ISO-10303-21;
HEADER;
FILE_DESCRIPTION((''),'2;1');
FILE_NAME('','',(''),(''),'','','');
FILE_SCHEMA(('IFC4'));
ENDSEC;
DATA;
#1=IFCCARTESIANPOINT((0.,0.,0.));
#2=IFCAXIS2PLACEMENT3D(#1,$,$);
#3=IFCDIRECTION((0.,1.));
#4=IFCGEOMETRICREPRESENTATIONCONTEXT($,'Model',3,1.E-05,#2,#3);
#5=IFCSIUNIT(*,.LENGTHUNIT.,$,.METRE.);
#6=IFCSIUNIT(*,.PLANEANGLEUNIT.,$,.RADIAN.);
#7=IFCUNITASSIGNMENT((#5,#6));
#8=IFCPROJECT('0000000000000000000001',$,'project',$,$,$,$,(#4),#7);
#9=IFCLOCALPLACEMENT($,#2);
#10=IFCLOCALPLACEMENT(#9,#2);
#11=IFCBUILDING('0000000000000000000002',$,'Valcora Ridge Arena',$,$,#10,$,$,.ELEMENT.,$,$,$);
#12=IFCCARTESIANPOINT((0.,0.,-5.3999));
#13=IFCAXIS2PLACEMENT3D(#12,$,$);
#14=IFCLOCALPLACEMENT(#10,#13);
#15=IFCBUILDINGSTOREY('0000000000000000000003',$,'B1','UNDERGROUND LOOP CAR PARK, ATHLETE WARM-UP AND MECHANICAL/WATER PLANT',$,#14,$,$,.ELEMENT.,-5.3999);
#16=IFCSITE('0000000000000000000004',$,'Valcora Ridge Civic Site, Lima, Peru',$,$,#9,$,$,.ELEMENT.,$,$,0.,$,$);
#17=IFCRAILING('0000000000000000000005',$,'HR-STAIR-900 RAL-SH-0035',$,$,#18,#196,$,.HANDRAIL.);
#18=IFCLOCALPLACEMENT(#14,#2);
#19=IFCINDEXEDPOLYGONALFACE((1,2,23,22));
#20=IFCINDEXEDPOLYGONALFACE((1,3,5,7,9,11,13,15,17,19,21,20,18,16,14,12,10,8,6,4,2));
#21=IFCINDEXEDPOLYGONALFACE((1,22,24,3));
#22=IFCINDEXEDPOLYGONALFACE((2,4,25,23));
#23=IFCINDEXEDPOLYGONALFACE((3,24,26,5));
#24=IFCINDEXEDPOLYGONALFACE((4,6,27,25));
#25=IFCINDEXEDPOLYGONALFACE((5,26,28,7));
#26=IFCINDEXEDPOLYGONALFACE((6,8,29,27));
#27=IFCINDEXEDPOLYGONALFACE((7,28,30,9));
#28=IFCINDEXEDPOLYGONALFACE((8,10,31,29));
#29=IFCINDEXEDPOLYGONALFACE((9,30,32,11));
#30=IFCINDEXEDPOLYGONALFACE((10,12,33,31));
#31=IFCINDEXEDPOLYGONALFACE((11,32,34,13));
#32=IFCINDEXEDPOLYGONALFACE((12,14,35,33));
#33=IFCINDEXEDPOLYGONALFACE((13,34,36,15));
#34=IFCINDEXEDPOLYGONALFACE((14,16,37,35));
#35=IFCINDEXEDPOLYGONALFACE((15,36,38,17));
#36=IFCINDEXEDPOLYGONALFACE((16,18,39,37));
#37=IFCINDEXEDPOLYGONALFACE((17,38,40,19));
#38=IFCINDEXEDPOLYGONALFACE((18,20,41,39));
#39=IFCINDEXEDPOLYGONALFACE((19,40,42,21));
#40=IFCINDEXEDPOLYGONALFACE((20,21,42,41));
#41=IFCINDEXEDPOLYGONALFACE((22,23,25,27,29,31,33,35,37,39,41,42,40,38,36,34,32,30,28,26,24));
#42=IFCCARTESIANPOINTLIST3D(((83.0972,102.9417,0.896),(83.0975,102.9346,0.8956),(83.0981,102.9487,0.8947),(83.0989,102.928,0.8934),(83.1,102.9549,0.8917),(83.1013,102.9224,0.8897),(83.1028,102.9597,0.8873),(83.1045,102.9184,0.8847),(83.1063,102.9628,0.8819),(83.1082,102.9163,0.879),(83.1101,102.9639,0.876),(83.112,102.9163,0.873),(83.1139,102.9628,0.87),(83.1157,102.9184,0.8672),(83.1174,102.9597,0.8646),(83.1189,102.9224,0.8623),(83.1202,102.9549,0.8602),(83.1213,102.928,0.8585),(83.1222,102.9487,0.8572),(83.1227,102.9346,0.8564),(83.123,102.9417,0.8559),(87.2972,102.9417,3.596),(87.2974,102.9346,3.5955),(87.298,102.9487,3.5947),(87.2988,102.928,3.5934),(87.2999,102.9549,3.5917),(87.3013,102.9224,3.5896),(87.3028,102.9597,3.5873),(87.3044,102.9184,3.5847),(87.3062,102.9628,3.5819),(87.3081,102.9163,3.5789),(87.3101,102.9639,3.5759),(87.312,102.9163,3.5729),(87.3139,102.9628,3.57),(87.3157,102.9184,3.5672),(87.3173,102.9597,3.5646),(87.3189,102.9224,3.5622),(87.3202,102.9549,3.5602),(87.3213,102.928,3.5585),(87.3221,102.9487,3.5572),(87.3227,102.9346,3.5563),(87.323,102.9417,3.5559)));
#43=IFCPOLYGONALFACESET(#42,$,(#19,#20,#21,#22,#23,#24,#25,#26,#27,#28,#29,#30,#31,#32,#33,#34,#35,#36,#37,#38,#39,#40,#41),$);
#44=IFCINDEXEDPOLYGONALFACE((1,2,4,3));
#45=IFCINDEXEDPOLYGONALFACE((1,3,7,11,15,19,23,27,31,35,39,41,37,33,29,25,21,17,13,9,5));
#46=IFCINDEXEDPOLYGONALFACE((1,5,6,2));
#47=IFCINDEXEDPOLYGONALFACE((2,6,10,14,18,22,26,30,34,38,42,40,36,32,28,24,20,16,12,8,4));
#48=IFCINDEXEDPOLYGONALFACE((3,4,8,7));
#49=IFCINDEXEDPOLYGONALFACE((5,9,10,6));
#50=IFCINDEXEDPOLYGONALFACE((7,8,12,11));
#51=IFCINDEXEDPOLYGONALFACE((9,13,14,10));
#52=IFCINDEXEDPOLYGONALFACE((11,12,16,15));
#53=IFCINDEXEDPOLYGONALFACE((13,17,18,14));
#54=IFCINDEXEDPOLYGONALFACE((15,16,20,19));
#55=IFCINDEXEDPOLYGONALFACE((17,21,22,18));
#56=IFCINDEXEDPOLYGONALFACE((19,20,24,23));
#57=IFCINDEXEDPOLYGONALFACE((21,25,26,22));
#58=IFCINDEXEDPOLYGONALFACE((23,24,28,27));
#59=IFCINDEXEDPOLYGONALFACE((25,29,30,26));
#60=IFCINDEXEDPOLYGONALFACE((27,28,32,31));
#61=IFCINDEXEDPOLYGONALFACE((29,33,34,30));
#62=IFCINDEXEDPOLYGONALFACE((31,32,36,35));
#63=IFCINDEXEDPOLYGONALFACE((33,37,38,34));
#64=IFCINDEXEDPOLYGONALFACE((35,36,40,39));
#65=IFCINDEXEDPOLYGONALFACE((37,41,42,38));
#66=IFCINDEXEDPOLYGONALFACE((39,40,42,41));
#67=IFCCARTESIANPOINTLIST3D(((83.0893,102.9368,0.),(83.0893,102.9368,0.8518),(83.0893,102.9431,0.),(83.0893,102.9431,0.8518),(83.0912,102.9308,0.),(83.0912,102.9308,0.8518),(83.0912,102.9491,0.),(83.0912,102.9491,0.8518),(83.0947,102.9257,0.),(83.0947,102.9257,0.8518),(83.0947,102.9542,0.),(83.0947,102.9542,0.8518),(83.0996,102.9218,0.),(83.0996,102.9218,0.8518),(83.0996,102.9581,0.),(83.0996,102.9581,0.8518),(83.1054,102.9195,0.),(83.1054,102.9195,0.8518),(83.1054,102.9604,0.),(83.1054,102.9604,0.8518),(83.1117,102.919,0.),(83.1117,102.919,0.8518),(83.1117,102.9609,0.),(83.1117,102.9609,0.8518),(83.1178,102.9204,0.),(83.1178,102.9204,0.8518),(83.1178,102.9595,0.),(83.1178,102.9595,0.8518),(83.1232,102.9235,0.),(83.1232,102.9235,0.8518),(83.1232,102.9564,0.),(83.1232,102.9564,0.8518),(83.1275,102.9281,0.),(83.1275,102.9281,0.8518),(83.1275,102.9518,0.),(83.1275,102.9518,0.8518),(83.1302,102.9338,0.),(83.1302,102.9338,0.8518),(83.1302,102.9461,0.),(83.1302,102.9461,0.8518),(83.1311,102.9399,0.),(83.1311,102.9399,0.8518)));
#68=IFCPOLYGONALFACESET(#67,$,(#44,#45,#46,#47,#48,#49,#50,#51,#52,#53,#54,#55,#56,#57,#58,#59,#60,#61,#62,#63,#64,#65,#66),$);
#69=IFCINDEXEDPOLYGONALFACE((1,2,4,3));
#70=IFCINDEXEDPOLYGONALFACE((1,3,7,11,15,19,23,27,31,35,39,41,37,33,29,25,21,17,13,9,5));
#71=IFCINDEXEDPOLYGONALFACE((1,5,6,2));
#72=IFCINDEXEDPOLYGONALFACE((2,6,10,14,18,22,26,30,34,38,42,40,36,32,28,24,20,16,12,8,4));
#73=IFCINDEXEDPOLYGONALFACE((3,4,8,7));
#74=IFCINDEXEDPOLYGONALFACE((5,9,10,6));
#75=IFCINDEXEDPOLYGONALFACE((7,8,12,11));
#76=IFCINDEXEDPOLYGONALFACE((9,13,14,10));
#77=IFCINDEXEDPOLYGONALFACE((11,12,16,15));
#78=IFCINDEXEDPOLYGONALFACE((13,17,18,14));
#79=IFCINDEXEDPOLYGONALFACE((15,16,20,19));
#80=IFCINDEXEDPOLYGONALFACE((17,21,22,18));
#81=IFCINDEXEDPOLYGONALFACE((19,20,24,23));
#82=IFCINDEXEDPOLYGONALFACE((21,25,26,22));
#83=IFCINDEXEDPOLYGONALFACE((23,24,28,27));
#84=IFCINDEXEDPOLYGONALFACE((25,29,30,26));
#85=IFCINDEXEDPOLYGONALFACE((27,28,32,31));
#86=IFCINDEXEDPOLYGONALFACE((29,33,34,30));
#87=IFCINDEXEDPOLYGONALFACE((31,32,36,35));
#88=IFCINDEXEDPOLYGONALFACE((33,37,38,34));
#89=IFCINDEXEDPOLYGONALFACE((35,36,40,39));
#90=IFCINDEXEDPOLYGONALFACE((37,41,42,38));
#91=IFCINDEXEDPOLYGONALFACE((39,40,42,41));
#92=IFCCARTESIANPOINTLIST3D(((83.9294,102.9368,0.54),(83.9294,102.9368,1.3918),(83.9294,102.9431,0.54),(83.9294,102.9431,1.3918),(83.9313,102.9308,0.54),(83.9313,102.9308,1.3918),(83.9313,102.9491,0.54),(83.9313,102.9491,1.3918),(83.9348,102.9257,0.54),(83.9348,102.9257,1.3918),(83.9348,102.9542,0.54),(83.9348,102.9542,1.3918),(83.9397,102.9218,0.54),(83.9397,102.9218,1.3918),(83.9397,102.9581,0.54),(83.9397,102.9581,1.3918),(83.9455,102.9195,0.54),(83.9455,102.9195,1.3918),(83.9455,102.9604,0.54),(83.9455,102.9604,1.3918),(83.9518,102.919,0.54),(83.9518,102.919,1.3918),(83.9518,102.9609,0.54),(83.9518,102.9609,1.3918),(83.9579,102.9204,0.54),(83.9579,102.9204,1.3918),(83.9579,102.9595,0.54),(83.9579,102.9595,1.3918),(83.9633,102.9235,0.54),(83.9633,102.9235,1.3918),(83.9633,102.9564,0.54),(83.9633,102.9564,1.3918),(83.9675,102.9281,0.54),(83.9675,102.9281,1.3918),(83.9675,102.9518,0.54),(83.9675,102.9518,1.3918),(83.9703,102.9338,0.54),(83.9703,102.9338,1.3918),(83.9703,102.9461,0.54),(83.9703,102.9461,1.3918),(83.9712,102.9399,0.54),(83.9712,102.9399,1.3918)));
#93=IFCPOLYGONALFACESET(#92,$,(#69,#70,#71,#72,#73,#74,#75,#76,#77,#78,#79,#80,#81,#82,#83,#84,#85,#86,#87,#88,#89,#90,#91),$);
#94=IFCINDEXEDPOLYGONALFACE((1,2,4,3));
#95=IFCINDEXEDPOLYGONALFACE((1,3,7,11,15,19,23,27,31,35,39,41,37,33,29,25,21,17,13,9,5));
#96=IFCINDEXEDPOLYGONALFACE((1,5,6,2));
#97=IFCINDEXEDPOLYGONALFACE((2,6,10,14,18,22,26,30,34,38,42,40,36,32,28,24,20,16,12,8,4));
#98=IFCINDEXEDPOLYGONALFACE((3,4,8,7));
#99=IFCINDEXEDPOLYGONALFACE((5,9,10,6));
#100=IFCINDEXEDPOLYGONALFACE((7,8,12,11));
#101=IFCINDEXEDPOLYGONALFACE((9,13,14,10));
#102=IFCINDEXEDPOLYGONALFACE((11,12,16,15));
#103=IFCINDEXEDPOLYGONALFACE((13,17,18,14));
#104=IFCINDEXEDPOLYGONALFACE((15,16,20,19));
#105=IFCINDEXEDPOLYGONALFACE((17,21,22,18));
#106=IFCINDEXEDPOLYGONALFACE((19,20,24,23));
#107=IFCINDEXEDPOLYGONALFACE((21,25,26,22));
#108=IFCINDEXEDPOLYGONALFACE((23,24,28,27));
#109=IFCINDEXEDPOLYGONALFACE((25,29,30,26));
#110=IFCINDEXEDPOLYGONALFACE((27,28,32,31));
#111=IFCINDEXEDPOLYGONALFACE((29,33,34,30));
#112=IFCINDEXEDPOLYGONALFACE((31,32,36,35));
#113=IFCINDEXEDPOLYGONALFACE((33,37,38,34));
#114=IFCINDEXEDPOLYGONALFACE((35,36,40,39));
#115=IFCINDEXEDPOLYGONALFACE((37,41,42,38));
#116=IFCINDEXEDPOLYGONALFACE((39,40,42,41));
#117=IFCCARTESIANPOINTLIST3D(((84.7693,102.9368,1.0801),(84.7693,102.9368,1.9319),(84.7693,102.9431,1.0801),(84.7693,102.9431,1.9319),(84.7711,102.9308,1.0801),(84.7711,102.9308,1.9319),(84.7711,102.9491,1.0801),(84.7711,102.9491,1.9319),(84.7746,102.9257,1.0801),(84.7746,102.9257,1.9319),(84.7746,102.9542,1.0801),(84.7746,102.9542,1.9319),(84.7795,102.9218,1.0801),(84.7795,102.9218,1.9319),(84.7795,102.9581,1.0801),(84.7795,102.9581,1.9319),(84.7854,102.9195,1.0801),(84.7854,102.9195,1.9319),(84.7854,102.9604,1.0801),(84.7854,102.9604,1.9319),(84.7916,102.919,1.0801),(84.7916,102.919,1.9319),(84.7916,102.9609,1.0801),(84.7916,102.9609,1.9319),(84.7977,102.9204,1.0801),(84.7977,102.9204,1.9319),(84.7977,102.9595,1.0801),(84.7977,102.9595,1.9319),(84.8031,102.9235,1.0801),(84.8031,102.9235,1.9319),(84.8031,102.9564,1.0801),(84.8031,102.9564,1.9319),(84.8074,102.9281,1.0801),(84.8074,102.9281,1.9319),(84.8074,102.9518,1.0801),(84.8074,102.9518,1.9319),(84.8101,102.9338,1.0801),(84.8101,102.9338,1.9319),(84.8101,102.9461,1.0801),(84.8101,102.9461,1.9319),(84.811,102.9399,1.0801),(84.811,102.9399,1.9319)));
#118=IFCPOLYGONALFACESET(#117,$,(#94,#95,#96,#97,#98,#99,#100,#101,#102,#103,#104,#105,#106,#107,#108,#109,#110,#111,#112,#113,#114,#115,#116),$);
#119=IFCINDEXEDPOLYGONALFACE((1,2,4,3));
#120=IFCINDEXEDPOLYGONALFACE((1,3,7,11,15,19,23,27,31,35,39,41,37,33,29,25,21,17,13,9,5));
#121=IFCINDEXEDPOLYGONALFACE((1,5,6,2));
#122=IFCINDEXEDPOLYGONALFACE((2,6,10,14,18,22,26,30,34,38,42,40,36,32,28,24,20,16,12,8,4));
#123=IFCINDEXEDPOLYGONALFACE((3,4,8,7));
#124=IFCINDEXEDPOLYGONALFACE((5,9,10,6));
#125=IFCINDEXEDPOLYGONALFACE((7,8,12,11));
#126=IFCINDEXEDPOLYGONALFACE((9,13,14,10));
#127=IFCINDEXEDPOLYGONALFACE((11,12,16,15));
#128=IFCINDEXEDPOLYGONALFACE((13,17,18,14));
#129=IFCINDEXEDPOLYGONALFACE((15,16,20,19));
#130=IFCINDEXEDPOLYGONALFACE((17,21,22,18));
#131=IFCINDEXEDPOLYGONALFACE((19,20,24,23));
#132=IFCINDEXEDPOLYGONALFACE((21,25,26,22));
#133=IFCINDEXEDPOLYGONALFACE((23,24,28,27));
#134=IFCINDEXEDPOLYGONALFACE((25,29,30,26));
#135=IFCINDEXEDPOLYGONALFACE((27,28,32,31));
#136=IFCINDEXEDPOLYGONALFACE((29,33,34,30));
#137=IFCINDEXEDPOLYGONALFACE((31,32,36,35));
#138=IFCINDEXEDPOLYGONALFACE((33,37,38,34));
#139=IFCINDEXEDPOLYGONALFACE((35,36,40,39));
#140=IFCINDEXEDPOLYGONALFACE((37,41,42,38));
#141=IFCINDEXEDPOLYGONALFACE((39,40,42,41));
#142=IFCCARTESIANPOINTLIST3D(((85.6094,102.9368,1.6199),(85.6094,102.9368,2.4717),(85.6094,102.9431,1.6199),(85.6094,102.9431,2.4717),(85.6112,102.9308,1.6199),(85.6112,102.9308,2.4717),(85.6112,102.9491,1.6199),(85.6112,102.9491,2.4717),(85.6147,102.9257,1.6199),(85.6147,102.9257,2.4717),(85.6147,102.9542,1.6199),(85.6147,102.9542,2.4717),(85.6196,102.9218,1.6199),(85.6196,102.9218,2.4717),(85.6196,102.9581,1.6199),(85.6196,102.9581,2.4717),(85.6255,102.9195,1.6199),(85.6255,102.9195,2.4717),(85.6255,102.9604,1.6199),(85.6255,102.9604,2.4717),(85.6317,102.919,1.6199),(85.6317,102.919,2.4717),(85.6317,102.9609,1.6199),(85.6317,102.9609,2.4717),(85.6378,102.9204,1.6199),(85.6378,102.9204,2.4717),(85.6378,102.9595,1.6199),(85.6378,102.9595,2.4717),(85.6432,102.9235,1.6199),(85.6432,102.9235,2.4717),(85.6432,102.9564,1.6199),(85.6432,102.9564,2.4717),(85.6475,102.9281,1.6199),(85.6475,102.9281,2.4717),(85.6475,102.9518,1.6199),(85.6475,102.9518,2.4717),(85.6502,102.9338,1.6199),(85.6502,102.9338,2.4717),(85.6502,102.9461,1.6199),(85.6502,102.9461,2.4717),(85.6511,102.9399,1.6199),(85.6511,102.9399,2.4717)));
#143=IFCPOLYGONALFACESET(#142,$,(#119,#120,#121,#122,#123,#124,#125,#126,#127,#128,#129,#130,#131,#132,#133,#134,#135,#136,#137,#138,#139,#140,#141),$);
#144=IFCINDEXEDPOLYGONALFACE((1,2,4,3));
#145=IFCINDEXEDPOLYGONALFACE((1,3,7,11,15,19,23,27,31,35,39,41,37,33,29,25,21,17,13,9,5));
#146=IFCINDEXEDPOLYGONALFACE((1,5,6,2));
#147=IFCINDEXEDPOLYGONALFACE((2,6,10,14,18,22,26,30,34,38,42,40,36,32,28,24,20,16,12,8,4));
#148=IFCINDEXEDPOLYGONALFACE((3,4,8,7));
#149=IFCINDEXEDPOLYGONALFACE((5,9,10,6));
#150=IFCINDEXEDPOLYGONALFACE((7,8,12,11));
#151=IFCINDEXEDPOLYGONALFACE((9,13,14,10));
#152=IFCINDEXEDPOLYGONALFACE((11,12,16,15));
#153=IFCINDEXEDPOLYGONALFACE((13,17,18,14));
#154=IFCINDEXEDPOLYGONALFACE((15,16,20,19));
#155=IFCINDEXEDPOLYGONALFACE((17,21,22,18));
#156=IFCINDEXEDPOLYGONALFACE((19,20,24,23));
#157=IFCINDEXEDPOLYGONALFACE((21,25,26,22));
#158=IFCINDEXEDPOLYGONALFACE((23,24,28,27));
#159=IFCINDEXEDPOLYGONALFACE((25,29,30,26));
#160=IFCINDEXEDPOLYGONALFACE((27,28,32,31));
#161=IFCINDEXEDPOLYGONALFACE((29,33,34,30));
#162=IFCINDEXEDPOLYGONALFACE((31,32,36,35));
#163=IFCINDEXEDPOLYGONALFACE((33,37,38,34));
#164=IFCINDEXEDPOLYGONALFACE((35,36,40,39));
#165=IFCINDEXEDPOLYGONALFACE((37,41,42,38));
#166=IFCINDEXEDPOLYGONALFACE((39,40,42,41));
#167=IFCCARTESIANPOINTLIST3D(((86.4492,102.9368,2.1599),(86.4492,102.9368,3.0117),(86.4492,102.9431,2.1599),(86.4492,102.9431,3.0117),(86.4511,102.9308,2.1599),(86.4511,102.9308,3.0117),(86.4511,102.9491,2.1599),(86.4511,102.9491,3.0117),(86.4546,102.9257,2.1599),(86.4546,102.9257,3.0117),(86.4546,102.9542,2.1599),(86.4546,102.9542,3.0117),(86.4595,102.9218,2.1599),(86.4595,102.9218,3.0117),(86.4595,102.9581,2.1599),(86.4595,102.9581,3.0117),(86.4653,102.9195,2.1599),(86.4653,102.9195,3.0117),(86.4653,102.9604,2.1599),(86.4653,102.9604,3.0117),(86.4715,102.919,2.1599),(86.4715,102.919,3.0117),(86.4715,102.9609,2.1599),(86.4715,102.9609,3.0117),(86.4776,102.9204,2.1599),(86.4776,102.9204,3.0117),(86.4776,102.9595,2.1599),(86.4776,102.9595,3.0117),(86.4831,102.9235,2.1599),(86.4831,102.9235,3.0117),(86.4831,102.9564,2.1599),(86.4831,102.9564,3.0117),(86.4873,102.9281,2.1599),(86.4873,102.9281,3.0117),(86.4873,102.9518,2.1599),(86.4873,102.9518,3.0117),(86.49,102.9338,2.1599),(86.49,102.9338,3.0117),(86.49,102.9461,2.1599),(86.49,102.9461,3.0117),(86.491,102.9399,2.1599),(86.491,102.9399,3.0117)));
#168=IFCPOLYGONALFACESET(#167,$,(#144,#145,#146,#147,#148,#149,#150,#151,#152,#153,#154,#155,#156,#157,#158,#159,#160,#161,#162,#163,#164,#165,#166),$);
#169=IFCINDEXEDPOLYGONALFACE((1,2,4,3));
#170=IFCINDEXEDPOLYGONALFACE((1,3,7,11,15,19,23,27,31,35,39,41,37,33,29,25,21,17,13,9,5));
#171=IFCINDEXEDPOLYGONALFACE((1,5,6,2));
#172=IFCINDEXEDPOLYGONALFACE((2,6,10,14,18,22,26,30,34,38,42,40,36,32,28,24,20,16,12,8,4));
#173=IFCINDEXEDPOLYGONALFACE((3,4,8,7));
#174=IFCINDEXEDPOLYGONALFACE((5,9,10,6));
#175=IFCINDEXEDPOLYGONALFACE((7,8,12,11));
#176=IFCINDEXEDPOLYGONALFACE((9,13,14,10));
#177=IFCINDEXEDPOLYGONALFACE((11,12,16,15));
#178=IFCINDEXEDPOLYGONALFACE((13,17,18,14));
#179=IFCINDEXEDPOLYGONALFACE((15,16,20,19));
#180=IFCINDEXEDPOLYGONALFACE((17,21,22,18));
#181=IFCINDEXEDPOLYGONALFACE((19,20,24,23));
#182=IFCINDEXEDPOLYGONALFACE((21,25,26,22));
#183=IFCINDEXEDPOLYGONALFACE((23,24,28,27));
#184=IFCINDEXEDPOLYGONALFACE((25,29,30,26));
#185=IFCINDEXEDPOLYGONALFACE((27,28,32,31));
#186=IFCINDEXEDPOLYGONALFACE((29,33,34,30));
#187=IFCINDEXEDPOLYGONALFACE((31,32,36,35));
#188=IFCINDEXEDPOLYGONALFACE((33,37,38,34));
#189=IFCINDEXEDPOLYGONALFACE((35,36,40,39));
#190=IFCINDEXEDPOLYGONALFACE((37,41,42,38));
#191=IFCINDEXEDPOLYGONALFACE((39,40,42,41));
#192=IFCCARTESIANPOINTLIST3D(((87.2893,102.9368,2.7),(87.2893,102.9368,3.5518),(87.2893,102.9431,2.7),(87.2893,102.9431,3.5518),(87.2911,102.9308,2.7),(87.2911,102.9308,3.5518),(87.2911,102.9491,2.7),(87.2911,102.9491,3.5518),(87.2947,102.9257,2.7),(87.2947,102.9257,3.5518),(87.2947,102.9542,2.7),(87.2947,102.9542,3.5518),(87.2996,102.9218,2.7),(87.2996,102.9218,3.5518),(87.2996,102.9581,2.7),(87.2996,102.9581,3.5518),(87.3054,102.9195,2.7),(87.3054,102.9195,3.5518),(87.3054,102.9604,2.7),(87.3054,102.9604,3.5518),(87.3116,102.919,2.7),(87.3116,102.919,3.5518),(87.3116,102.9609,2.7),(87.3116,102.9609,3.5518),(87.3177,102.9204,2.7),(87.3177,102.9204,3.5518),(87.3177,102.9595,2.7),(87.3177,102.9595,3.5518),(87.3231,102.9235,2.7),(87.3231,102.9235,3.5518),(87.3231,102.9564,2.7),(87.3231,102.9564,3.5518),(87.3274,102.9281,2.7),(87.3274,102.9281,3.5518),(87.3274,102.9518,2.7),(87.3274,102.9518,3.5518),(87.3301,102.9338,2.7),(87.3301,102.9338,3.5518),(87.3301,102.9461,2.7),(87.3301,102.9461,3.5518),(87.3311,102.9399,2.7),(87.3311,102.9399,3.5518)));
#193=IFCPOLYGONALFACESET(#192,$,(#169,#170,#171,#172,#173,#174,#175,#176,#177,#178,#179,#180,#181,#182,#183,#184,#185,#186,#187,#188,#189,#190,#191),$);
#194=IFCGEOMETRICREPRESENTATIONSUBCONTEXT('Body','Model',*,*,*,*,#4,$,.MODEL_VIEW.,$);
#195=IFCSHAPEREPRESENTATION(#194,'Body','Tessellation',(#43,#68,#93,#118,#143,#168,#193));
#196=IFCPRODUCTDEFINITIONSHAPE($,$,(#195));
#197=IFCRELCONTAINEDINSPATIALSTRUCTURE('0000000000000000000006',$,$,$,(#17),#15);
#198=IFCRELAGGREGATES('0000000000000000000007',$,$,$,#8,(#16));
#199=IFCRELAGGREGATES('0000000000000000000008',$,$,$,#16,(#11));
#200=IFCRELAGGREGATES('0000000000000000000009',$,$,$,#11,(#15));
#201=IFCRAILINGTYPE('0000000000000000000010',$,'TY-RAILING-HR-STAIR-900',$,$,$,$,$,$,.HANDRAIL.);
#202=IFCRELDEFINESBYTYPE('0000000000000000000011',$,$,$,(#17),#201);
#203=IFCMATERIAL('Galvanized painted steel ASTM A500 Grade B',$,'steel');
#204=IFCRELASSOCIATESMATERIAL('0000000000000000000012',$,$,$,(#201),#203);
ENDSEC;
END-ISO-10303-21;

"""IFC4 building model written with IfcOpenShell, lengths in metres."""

from ifc_helpers import new_model, si_unit, direction, frame, origin, origin_2d, place, context, subcontext, project, spatial, circle, extrude, material, type_object, element, save


model = new_model("IFC4")

# Units and contexts
model_context = context("Model", 3, precision=1e-05, world=origin(), true_north=direction((0.0, 1.0)))
body_context = subcontext(model_context, "Body", "Model", "MODEL_VIEW")
ifc_project = project(units=[si_unit("LENGTHUNIT", "METRE"), si_unit("PLANEANGLEUNIT", "RADIAN")], contexts=[model_context])

# Site, building, storey
site_placement = place(None, origin())
site = spatial("IfcSite", under=ifc_project, at=site_placement, Name="Valcora Ridge Civic Site, Lima, Peru", CompositionType="ELEMENT", RefElevation=0.0)
building_placement = place(site_placement, origin())
building = spatial("IfcBuilding", under=site, at=building_placement, Name="Valcora Ridge Arena", CompositionType="ELEMENT")
storey_placement = place(building_placement, frame((0.0, 0.0, -5.3999)))
storey = spatial("IfcBuildingStorey", under=building, at=storey_placement, Name="B1", Description="UNDERGROUND LOOP CAR PARK, ATHLETE WARM-UP AND MECHANICAL/WATER PLANT", CompositionType="ELEMENT", Elevation=-5.3999)

# Railing
ifc_material_1 = material(Name="Galvanized painted steel ASTM A500 Grade B", Category="steel")
railing_type_1 = type_object("IfcRailingType", Name="TY-RAILING-HR-STAIR-900", PredefinedType="HANDRAIL", material=ifc_material_1)
railing_1_placement = place(storey_placement, frame((83.1101, 102.9399, 0.0)))
element("IfcRailing", 1, at=railing_1_placement, inside=storey, type_object=railing_type_1, Name="HR-STAIR-900 RAL-SH-0035", PredefinedType="HANDRAIL", context=body_context, shape_type="SweptSolid", body=[
    extrude(circle(Radius=0.0239, at=origin_2d()), frame((0.0, 0.0, 0.876), z_axis=(0.84118, 0.0, 0.540755), x_axis=(0.0, 1.0, 0.0)), (0.0, 0.0, 1.0), 4.9929),
    extrude(circle(Radius=0.021, at=origin_2d()), origin(), (0.0, 0.0, 1.0), 0.8518),
    extrude(circle(Radius=0.021, at=origin_2d()), frame((0.8401, 0.0, 0.54)), (0.0, 0.0, 1.0), 0.8518),
    extrude(circle(Radius=0.021, at=origin_2d()), frame((1.6799, 0.0, 1.0801)), (0.0, 0.0, 1.0), 0.8518),
    extrude(circle(Radius=0.021, at=origin_2d()), frame((2.52, 0.0, 1.6199)), (0.0, 0.0, 1.0), 0.8518),
    extrude(circle(Radius=0.021, at=origin_2d()), frame((3.3599, 0.0, 2.1599)), (0.0, 0.0, 1.0), 0.8518),
    extrude(circle(Radius=0.021, at=origin_2d()), frame((4.2, 0.0, 2.7)), (0.0, 0.0, 1.0), 0.8518),
])

save(model, "model.ifc")
